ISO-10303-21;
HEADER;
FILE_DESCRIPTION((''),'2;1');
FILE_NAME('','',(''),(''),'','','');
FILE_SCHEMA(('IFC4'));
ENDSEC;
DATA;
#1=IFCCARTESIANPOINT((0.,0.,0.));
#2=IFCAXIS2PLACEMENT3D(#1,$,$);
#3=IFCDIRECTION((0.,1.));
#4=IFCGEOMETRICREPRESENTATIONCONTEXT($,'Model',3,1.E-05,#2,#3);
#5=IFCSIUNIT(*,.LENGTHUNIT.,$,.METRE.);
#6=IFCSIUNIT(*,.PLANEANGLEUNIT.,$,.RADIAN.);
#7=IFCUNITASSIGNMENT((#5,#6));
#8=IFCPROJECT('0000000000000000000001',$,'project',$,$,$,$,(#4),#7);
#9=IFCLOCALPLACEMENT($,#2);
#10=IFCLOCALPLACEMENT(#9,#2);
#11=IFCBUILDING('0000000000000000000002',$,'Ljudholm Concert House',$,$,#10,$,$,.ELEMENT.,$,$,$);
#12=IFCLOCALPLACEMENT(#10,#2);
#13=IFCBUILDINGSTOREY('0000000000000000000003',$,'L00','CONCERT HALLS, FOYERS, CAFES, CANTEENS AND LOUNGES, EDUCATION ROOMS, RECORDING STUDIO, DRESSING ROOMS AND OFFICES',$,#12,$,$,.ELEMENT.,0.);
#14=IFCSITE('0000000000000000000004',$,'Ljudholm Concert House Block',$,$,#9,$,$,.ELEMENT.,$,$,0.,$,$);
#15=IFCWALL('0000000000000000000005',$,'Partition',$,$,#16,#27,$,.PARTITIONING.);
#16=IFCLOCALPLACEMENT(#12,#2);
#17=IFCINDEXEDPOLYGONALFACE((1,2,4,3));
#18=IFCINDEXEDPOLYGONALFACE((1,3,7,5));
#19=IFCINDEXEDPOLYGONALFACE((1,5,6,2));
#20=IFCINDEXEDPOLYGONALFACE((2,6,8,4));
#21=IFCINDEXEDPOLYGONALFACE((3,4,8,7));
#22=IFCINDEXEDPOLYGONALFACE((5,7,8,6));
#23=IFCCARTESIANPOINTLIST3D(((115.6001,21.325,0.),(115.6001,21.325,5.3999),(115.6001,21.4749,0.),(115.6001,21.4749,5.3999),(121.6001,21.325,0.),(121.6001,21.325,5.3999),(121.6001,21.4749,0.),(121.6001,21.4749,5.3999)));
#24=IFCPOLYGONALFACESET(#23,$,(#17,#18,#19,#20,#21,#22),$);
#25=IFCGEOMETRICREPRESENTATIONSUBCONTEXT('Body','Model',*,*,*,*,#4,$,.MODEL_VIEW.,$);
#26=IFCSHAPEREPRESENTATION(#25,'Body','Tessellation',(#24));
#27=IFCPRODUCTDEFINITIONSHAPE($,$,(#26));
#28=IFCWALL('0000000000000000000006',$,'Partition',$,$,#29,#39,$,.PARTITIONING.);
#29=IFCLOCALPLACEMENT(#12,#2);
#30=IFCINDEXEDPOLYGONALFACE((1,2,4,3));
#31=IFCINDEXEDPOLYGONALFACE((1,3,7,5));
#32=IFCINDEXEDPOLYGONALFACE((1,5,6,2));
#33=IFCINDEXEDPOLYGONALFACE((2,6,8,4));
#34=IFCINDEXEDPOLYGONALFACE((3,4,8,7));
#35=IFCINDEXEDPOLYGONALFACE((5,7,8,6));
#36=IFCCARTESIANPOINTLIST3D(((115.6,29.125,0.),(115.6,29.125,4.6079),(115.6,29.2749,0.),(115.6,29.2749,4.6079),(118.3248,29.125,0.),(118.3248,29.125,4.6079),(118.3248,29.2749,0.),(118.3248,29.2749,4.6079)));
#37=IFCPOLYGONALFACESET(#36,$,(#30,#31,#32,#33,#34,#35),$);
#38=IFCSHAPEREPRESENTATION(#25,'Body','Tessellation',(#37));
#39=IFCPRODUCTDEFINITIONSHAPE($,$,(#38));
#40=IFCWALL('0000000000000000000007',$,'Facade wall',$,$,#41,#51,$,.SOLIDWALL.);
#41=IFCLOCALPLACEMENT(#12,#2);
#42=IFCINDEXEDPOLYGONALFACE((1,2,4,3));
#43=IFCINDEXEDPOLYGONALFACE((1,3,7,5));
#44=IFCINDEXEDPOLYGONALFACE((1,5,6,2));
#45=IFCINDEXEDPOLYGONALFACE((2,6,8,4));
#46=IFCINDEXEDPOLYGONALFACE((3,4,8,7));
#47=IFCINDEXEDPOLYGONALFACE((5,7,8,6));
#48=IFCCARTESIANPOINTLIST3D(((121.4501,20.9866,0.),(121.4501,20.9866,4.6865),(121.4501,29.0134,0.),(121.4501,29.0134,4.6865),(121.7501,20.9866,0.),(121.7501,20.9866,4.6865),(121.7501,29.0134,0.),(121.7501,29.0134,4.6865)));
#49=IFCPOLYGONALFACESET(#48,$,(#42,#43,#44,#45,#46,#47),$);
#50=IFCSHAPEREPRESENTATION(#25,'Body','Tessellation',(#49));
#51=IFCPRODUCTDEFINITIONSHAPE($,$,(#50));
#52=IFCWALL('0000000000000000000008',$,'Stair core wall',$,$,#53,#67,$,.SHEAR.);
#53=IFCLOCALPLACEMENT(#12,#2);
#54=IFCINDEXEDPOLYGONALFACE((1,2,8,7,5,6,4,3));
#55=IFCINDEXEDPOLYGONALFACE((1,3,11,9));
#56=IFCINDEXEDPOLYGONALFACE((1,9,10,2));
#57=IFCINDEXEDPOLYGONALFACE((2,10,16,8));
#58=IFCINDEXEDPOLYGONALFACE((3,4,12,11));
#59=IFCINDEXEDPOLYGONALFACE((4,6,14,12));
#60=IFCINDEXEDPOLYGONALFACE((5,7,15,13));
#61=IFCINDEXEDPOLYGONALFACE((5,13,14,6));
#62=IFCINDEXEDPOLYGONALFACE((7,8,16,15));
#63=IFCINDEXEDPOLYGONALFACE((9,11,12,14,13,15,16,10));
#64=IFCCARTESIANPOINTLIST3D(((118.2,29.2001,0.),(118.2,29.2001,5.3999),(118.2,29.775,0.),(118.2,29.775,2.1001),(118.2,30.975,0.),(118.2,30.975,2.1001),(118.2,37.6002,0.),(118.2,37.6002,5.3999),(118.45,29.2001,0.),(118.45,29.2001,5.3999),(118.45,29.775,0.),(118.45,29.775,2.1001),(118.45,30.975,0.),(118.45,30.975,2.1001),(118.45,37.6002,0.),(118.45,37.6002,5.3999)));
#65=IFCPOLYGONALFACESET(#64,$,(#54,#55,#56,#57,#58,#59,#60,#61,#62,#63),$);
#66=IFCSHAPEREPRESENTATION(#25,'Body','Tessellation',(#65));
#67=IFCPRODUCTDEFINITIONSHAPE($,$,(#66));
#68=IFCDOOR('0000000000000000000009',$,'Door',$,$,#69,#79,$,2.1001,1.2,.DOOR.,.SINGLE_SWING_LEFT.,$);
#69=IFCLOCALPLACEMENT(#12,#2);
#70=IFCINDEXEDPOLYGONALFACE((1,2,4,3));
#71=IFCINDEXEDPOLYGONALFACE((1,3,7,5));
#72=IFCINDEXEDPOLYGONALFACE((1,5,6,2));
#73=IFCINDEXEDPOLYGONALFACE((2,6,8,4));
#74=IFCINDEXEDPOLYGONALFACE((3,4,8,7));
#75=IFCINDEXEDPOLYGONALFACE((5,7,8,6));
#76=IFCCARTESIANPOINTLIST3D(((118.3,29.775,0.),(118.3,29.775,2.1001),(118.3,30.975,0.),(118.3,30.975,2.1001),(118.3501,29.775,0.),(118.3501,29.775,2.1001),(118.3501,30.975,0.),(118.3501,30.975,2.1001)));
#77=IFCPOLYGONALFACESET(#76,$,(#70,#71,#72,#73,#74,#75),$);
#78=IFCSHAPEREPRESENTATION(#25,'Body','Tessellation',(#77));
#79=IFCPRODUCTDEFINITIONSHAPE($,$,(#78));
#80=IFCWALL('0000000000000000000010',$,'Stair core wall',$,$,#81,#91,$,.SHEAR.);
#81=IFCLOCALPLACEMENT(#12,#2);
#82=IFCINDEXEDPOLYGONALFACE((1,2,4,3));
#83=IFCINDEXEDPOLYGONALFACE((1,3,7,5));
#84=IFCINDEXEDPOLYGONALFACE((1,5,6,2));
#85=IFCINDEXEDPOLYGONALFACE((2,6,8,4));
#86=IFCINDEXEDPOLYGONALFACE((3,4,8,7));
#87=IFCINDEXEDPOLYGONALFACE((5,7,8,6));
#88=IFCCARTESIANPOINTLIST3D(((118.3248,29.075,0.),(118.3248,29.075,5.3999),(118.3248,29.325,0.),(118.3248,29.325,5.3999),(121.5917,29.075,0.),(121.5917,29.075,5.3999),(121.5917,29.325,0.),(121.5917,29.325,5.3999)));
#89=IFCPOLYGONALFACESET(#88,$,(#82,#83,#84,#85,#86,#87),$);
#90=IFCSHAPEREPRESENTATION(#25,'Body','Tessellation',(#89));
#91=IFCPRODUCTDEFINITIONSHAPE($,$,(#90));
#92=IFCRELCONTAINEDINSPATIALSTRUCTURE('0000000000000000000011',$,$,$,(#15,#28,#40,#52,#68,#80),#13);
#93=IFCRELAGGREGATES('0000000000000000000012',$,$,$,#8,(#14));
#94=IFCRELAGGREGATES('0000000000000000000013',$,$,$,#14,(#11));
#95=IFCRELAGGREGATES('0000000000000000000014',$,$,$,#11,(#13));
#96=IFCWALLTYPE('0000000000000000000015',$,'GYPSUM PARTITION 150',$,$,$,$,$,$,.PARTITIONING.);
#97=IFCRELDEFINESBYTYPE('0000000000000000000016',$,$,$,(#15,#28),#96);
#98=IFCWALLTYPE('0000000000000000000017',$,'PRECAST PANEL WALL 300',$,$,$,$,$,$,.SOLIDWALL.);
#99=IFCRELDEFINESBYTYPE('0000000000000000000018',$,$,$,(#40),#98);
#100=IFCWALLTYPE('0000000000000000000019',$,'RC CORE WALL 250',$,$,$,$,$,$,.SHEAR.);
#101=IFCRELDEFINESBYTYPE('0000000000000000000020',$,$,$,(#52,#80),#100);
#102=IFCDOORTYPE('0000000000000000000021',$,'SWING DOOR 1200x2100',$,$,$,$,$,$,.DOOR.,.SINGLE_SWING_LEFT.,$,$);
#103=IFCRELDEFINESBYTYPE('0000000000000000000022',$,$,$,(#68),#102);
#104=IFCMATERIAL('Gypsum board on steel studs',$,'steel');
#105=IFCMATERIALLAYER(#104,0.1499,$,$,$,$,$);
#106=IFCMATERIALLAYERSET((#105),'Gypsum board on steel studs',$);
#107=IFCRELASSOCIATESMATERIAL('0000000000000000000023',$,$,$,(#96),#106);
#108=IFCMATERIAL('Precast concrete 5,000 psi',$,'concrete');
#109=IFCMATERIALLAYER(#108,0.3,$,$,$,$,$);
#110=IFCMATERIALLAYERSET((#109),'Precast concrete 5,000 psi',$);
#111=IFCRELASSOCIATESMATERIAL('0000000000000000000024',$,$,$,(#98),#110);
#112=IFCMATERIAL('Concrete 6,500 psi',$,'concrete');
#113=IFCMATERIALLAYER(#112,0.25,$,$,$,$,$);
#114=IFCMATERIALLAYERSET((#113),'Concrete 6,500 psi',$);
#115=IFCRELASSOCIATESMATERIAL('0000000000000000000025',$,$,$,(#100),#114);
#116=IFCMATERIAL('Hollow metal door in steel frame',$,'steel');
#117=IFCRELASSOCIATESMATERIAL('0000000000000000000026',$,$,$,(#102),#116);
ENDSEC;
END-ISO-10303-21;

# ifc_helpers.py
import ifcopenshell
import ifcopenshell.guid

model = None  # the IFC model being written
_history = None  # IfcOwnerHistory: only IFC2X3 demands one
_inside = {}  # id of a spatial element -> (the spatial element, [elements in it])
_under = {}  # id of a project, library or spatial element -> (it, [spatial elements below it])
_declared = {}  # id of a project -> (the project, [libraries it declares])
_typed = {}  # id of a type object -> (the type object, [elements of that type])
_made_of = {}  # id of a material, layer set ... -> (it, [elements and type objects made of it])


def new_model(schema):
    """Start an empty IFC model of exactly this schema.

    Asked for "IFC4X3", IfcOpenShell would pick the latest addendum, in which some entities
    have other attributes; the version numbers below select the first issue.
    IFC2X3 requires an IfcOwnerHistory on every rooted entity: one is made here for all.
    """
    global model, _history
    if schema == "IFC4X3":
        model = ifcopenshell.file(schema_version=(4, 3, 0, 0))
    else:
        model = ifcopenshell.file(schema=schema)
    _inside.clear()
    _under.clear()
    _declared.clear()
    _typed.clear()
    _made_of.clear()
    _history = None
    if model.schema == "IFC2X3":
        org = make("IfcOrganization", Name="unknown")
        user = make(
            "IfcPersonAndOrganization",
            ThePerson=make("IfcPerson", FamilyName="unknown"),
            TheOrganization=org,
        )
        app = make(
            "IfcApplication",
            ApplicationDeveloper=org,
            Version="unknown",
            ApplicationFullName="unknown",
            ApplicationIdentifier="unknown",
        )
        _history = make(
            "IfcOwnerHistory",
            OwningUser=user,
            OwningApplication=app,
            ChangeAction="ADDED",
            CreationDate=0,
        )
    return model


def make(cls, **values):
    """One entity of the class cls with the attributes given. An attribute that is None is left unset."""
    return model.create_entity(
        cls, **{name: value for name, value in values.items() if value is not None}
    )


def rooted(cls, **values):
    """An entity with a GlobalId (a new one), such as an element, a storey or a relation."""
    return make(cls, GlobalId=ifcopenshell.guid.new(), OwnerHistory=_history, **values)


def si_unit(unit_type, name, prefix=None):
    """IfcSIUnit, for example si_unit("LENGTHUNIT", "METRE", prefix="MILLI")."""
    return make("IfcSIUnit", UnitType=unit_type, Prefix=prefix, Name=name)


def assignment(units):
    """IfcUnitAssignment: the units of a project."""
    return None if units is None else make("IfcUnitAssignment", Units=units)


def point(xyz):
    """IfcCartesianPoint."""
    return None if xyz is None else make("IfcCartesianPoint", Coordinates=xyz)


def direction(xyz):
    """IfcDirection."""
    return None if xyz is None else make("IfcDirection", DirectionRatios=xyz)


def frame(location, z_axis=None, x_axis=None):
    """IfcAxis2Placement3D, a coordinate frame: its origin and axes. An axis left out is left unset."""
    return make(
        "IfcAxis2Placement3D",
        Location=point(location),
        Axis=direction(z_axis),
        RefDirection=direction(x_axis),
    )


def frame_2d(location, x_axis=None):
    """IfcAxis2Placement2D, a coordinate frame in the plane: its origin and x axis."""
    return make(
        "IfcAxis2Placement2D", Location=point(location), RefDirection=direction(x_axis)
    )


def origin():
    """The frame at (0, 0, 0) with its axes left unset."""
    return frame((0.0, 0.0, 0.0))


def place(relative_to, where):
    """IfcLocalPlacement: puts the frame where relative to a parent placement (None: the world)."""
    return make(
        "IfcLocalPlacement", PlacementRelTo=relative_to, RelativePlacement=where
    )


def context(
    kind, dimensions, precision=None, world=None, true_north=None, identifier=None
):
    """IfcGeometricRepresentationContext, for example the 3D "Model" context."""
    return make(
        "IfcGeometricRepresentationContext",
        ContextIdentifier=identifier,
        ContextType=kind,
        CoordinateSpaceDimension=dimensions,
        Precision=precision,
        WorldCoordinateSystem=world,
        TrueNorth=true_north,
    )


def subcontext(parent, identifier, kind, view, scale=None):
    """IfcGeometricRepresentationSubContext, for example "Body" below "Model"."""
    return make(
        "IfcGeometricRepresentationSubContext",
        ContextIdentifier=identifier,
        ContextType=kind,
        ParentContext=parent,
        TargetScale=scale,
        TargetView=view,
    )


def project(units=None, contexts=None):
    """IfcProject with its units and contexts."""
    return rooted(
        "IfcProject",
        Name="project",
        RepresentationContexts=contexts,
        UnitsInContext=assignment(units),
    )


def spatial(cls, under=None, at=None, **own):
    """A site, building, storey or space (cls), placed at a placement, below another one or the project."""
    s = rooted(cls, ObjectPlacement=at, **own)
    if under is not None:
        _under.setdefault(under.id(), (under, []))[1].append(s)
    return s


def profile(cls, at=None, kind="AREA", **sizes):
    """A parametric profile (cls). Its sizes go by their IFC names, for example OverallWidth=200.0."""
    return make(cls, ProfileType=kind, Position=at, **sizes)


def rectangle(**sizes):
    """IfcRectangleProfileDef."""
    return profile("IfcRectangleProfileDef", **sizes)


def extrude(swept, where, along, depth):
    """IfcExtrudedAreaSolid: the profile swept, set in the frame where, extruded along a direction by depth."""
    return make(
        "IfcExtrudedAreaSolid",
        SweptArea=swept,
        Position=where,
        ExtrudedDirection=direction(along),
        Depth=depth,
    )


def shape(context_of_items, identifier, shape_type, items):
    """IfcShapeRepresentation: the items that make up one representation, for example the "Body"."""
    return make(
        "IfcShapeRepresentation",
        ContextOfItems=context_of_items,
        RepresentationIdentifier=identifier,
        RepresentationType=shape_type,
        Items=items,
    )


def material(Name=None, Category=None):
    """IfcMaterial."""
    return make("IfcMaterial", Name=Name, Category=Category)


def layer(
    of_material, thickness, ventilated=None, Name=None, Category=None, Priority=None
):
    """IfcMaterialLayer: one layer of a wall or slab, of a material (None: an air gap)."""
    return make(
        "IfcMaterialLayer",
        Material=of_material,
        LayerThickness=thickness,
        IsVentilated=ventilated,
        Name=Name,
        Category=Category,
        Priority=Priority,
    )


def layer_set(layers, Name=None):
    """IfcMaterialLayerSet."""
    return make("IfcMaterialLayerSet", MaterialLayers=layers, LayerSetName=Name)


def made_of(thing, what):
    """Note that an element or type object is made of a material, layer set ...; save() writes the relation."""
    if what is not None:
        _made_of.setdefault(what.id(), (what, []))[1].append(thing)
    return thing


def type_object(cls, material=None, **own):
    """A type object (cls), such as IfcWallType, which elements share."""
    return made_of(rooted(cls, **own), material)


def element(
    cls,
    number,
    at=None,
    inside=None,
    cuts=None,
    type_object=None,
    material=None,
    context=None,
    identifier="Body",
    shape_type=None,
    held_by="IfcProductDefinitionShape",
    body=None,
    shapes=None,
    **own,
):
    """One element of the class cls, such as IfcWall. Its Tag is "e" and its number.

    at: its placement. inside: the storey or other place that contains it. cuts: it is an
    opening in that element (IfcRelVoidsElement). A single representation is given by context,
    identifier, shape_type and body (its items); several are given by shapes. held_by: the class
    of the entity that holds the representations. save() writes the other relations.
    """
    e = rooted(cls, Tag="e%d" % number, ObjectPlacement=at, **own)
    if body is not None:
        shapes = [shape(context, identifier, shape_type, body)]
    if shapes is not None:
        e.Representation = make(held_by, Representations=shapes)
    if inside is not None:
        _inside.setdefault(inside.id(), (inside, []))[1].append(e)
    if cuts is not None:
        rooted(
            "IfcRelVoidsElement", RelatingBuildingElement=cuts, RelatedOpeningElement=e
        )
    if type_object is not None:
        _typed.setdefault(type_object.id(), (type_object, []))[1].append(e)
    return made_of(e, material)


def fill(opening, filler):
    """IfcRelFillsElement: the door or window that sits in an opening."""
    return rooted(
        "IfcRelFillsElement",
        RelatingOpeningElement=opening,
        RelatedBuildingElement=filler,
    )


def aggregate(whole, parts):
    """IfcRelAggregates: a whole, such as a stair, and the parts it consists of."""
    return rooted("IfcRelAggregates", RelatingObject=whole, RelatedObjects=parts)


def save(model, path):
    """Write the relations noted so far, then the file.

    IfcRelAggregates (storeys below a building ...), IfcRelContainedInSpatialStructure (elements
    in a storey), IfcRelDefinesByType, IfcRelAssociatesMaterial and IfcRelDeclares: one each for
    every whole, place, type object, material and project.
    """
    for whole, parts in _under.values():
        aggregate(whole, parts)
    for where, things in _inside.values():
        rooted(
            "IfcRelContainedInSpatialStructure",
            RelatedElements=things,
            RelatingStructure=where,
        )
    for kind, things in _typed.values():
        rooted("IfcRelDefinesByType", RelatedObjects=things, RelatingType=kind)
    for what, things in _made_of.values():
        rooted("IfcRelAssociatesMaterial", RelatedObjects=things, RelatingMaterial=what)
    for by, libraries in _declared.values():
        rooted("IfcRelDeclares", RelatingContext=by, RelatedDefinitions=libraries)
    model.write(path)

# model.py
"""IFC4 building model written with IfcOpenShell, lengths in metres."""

from ifc_helpers import new_model, si_unit, direction, frame, frame_2d, origin, place, context, subcontext, project, spatial, rectangle, extrude, material, layer, layer_set, type_object, element, fill, save


model = new_model("IFC4")

# Units and contexts
model_context = context("Model", 3, precision=1e-05, world=origin(), true_north=direction((0.0, 1.0)))
body_context = subcontext(model_context, "Body", "Model", "MODEL_VIEW")
ifc_project = project(units=[si_unit("LENGTHUNIT", "METRE"), si_unit("PLANEANGLEUNIT", "RADIAN")], contexts=[model_context])

# Site, building, storey
site_placement = place(None, origin())
site = spatial("IfcSite", under=ifc_project, at=site_placement, Name="Ljudholm Concert House Block", CompositionType="ELEMENT", RefElevation=0.0)
building_placement = place(site_placement, origin())
building = spatial("IfcBuilding", under=site, at=building_placement, Name="Ljudholm Concert House", CompositionType="ELEMENT")
storey_placement = place(building_placement, origin())
storey = spatial("IfcBuildingStorey", under=building, at=storey_placement, Name="L00", Description="CONCERT HALLS, FOYERS, CAFES, CANTEENS AND LOUNGES, EDUCATION ROOMS, RECORDING STUDIO, DRESSING ROOMS AND OFFICES", CompositionType="ELEMENT", Elevation=0.0)

# Shared definitions
ifc_material_1 = material(Name="Gypsum board on steel studs", Category="steel")
ifc_layer_1 = layer(ifc_material_1, 0.1499)
ifc_layer_set_1 = layer_set([ifc_layer_1], Name="Gypsum board on steel studs")
wall_type_1 = type_object("IfcWallType", Name="GYPSUM PARTITION 150", PredefinedType="PARTITIONING", material=ifc_layer_set_1)

# Walls
wall_1_placement = place(storey_placement, frame((115.6001, 21.3999, 0.0), z_axis=(0.0, 0.0, 1.0), x_axis=(1.0, 0.0, 0.0)))
element("IfcWall", 1, at=wall_1_placement, inside=storey, type_object=wall_type_1, Name="Partition", PredefinedType="PARTITIONING", context=body_context, shape_type="SweptSolid", body=[
    extrude(rectangle(XDim=6.0, YDim=0.1499, at=frame_2d((3.0, 0.0))), origin(), (0.0, 0.0, 1.0), 5.3999),
])
wall_2_placement = place(storey_placement, frame((115.6001, 29.2, 0.0), z_axis=(0.0, 0.0, 1.0), x_axis=(1.0, 0.0, 0.0)))
element("IfcWall", 2, at=wall_2_placement, inside=storey, type_object=wall_type_1, Name="Partition", PredefinedType="PARTITIONING", context=body_context, shape_type="SweptSolid", body=[
    extrude(rectangle(XDim=2.7249, YDim=0.1499, at=frame_2d((1.3623, 0.0))), origin(), (0.0, 0.0, 1.0), 4.6079),
])
ifc_material_2 = material(Name="Precast concrete 5,000 psi", Category="concrete")
ifc_layer_2 = layer(ifc_material_2, 0.3)
ifc_layer_set_2 = layer_set([ifc_layer_2], Name="Precast concrete 5,000 psi")
wall_type_2 = type_object("IfcWallType", Name="PRECAST PANEL WALL 300", PredefinedType="SOLIDWALL", material=ifc_layer_set_2)
wall_3_placement = place(storey_placement, frame((121.6001, 20.9866, 0.0), z_axis=(0.0, 0.0, 1.0), x_axis=(0.0, 1.0, 0.0)))
element("IfcWall", 3, at=wall_3_placement, inside=storey, type_object=wall_type_2, Name="Facade wall", PredefinedType="SOLIDWALL", context=body_context, shape_type="SweptSolid", body=[
    extrude(rectangle(XDim=8.0269, YDim=0.3, at=frame_2d((4.0134, 0.0))), origin(), (0.0, 0.0, 1.0), 4.6865),
])

# Wall, opening, door
ifc_material_3 = material(Name="Concrete 6,500 psi", Category="concrete")
ifc_layer_3 = layer(ifc_material_3, 0.25)
ifc_layer_set_3 = layer_set([ifc_layer_3], Name="Concrete 6,500 psi")
wall_type_3 = type_object("IfcWallType", Name="RC CORE WALL 250", PredefinedType="SHEAR", material=ifc_layer_set_3)
wall_4_placement = place(storey_placement, frame((118.325, 29.2, 0.0), z_axis=(0.0, 0.0, 1.0), x_axis=(0.0, 1.0, 0.0)))
wall_4 = element("IfcWall", 4, at=wall_4_placement, inside=storey, type_object=wall_type_3, Name="Stair core wall", PredefinedType="SHEAR", context=body_context, shape_type="SweptSolid", body=[
    extrude(rectangle(XDim=8.4001, YDim=0.25, at=frame_2d((4.2002, 0.0))), origin(), (0.0, 0.0, 1.0), 5.3999),
])
opening_1_placement = place(wall_4_placement, frame((0.575, 0.0, 0.0)))
opening_1 = element("IfcOpeningElement", 5, at=opening_1_placement, cuts=wall_4, PredefinedType="OPENING", context=body_context, shape_type="SweptSolid", body=[
    extrude(rectangle(XDim=1.2, YDim=2.1001, at=frame_2d((0.6001, 1.05))), frame((0.0, 0.135, 0.0), z_axis=(0.0, -1.0, 0.0), x_axis=(1.0, 0.0, 0.0)), (0.0, 0.0, 1.0), 0.27),
])
ifc_material_4 = material(Name="Hollow metal door in steel frame", Category="steel")
door_type_1 = type_object("IfcDoorType", Name="SWING DOOR 1200x2100", OperationType="SINGLE_SWING_LEFT", PredefinedType="DOOR", material=ifc_material_4)
door_1_placement = place(opening_1_placement, origin())
door_1 = element("IfcDoor", 6, at=door_1_placement, inside=storey, type_object=door_type_1, Name="Door", OperationType="SINGLE_SWING_LEFT", OverallHeight=2.1001, OverallWidth=1.2, PredefinedType="DOOR", context=body_context, shape_type="SweptSolid", body=[
    extrude(rectangle(XDim=1.2, YDim=2.1001, at=frame_2d((0.6001, 1.05))), frame((0.0, 0.0249, 0.0), z_axis=(0.0, -1.0, 0.0), x_axis=(1.0, 0.0, 0.0)), (0.0, 0.0, 1.0), 0.05),
])
fill(opening_1, door_1)

# Wall
wall_5_placement = place(storey_placement, frame((118.325, 29.2, 0.0), z_axis=(0.0, 0.0, 1.0), x_axis=(1.0, 0.0, 0.0)))
element("IfcWall", 7, at=wall_5_placement, inside=storey, type_object=wall_type_3, Name="Stair core wall", PredefinedType="SHEAR", context=body_context, shape_type="SweptSolid", body=[
    extrude(rectangle(XDim=3.2668, YDim=0.25, at=frame_2d((1.6333, 0.0))), origin(), (0.0, 0.0, 1.0), 5.3999),
])

save(model, "model.ifc")
